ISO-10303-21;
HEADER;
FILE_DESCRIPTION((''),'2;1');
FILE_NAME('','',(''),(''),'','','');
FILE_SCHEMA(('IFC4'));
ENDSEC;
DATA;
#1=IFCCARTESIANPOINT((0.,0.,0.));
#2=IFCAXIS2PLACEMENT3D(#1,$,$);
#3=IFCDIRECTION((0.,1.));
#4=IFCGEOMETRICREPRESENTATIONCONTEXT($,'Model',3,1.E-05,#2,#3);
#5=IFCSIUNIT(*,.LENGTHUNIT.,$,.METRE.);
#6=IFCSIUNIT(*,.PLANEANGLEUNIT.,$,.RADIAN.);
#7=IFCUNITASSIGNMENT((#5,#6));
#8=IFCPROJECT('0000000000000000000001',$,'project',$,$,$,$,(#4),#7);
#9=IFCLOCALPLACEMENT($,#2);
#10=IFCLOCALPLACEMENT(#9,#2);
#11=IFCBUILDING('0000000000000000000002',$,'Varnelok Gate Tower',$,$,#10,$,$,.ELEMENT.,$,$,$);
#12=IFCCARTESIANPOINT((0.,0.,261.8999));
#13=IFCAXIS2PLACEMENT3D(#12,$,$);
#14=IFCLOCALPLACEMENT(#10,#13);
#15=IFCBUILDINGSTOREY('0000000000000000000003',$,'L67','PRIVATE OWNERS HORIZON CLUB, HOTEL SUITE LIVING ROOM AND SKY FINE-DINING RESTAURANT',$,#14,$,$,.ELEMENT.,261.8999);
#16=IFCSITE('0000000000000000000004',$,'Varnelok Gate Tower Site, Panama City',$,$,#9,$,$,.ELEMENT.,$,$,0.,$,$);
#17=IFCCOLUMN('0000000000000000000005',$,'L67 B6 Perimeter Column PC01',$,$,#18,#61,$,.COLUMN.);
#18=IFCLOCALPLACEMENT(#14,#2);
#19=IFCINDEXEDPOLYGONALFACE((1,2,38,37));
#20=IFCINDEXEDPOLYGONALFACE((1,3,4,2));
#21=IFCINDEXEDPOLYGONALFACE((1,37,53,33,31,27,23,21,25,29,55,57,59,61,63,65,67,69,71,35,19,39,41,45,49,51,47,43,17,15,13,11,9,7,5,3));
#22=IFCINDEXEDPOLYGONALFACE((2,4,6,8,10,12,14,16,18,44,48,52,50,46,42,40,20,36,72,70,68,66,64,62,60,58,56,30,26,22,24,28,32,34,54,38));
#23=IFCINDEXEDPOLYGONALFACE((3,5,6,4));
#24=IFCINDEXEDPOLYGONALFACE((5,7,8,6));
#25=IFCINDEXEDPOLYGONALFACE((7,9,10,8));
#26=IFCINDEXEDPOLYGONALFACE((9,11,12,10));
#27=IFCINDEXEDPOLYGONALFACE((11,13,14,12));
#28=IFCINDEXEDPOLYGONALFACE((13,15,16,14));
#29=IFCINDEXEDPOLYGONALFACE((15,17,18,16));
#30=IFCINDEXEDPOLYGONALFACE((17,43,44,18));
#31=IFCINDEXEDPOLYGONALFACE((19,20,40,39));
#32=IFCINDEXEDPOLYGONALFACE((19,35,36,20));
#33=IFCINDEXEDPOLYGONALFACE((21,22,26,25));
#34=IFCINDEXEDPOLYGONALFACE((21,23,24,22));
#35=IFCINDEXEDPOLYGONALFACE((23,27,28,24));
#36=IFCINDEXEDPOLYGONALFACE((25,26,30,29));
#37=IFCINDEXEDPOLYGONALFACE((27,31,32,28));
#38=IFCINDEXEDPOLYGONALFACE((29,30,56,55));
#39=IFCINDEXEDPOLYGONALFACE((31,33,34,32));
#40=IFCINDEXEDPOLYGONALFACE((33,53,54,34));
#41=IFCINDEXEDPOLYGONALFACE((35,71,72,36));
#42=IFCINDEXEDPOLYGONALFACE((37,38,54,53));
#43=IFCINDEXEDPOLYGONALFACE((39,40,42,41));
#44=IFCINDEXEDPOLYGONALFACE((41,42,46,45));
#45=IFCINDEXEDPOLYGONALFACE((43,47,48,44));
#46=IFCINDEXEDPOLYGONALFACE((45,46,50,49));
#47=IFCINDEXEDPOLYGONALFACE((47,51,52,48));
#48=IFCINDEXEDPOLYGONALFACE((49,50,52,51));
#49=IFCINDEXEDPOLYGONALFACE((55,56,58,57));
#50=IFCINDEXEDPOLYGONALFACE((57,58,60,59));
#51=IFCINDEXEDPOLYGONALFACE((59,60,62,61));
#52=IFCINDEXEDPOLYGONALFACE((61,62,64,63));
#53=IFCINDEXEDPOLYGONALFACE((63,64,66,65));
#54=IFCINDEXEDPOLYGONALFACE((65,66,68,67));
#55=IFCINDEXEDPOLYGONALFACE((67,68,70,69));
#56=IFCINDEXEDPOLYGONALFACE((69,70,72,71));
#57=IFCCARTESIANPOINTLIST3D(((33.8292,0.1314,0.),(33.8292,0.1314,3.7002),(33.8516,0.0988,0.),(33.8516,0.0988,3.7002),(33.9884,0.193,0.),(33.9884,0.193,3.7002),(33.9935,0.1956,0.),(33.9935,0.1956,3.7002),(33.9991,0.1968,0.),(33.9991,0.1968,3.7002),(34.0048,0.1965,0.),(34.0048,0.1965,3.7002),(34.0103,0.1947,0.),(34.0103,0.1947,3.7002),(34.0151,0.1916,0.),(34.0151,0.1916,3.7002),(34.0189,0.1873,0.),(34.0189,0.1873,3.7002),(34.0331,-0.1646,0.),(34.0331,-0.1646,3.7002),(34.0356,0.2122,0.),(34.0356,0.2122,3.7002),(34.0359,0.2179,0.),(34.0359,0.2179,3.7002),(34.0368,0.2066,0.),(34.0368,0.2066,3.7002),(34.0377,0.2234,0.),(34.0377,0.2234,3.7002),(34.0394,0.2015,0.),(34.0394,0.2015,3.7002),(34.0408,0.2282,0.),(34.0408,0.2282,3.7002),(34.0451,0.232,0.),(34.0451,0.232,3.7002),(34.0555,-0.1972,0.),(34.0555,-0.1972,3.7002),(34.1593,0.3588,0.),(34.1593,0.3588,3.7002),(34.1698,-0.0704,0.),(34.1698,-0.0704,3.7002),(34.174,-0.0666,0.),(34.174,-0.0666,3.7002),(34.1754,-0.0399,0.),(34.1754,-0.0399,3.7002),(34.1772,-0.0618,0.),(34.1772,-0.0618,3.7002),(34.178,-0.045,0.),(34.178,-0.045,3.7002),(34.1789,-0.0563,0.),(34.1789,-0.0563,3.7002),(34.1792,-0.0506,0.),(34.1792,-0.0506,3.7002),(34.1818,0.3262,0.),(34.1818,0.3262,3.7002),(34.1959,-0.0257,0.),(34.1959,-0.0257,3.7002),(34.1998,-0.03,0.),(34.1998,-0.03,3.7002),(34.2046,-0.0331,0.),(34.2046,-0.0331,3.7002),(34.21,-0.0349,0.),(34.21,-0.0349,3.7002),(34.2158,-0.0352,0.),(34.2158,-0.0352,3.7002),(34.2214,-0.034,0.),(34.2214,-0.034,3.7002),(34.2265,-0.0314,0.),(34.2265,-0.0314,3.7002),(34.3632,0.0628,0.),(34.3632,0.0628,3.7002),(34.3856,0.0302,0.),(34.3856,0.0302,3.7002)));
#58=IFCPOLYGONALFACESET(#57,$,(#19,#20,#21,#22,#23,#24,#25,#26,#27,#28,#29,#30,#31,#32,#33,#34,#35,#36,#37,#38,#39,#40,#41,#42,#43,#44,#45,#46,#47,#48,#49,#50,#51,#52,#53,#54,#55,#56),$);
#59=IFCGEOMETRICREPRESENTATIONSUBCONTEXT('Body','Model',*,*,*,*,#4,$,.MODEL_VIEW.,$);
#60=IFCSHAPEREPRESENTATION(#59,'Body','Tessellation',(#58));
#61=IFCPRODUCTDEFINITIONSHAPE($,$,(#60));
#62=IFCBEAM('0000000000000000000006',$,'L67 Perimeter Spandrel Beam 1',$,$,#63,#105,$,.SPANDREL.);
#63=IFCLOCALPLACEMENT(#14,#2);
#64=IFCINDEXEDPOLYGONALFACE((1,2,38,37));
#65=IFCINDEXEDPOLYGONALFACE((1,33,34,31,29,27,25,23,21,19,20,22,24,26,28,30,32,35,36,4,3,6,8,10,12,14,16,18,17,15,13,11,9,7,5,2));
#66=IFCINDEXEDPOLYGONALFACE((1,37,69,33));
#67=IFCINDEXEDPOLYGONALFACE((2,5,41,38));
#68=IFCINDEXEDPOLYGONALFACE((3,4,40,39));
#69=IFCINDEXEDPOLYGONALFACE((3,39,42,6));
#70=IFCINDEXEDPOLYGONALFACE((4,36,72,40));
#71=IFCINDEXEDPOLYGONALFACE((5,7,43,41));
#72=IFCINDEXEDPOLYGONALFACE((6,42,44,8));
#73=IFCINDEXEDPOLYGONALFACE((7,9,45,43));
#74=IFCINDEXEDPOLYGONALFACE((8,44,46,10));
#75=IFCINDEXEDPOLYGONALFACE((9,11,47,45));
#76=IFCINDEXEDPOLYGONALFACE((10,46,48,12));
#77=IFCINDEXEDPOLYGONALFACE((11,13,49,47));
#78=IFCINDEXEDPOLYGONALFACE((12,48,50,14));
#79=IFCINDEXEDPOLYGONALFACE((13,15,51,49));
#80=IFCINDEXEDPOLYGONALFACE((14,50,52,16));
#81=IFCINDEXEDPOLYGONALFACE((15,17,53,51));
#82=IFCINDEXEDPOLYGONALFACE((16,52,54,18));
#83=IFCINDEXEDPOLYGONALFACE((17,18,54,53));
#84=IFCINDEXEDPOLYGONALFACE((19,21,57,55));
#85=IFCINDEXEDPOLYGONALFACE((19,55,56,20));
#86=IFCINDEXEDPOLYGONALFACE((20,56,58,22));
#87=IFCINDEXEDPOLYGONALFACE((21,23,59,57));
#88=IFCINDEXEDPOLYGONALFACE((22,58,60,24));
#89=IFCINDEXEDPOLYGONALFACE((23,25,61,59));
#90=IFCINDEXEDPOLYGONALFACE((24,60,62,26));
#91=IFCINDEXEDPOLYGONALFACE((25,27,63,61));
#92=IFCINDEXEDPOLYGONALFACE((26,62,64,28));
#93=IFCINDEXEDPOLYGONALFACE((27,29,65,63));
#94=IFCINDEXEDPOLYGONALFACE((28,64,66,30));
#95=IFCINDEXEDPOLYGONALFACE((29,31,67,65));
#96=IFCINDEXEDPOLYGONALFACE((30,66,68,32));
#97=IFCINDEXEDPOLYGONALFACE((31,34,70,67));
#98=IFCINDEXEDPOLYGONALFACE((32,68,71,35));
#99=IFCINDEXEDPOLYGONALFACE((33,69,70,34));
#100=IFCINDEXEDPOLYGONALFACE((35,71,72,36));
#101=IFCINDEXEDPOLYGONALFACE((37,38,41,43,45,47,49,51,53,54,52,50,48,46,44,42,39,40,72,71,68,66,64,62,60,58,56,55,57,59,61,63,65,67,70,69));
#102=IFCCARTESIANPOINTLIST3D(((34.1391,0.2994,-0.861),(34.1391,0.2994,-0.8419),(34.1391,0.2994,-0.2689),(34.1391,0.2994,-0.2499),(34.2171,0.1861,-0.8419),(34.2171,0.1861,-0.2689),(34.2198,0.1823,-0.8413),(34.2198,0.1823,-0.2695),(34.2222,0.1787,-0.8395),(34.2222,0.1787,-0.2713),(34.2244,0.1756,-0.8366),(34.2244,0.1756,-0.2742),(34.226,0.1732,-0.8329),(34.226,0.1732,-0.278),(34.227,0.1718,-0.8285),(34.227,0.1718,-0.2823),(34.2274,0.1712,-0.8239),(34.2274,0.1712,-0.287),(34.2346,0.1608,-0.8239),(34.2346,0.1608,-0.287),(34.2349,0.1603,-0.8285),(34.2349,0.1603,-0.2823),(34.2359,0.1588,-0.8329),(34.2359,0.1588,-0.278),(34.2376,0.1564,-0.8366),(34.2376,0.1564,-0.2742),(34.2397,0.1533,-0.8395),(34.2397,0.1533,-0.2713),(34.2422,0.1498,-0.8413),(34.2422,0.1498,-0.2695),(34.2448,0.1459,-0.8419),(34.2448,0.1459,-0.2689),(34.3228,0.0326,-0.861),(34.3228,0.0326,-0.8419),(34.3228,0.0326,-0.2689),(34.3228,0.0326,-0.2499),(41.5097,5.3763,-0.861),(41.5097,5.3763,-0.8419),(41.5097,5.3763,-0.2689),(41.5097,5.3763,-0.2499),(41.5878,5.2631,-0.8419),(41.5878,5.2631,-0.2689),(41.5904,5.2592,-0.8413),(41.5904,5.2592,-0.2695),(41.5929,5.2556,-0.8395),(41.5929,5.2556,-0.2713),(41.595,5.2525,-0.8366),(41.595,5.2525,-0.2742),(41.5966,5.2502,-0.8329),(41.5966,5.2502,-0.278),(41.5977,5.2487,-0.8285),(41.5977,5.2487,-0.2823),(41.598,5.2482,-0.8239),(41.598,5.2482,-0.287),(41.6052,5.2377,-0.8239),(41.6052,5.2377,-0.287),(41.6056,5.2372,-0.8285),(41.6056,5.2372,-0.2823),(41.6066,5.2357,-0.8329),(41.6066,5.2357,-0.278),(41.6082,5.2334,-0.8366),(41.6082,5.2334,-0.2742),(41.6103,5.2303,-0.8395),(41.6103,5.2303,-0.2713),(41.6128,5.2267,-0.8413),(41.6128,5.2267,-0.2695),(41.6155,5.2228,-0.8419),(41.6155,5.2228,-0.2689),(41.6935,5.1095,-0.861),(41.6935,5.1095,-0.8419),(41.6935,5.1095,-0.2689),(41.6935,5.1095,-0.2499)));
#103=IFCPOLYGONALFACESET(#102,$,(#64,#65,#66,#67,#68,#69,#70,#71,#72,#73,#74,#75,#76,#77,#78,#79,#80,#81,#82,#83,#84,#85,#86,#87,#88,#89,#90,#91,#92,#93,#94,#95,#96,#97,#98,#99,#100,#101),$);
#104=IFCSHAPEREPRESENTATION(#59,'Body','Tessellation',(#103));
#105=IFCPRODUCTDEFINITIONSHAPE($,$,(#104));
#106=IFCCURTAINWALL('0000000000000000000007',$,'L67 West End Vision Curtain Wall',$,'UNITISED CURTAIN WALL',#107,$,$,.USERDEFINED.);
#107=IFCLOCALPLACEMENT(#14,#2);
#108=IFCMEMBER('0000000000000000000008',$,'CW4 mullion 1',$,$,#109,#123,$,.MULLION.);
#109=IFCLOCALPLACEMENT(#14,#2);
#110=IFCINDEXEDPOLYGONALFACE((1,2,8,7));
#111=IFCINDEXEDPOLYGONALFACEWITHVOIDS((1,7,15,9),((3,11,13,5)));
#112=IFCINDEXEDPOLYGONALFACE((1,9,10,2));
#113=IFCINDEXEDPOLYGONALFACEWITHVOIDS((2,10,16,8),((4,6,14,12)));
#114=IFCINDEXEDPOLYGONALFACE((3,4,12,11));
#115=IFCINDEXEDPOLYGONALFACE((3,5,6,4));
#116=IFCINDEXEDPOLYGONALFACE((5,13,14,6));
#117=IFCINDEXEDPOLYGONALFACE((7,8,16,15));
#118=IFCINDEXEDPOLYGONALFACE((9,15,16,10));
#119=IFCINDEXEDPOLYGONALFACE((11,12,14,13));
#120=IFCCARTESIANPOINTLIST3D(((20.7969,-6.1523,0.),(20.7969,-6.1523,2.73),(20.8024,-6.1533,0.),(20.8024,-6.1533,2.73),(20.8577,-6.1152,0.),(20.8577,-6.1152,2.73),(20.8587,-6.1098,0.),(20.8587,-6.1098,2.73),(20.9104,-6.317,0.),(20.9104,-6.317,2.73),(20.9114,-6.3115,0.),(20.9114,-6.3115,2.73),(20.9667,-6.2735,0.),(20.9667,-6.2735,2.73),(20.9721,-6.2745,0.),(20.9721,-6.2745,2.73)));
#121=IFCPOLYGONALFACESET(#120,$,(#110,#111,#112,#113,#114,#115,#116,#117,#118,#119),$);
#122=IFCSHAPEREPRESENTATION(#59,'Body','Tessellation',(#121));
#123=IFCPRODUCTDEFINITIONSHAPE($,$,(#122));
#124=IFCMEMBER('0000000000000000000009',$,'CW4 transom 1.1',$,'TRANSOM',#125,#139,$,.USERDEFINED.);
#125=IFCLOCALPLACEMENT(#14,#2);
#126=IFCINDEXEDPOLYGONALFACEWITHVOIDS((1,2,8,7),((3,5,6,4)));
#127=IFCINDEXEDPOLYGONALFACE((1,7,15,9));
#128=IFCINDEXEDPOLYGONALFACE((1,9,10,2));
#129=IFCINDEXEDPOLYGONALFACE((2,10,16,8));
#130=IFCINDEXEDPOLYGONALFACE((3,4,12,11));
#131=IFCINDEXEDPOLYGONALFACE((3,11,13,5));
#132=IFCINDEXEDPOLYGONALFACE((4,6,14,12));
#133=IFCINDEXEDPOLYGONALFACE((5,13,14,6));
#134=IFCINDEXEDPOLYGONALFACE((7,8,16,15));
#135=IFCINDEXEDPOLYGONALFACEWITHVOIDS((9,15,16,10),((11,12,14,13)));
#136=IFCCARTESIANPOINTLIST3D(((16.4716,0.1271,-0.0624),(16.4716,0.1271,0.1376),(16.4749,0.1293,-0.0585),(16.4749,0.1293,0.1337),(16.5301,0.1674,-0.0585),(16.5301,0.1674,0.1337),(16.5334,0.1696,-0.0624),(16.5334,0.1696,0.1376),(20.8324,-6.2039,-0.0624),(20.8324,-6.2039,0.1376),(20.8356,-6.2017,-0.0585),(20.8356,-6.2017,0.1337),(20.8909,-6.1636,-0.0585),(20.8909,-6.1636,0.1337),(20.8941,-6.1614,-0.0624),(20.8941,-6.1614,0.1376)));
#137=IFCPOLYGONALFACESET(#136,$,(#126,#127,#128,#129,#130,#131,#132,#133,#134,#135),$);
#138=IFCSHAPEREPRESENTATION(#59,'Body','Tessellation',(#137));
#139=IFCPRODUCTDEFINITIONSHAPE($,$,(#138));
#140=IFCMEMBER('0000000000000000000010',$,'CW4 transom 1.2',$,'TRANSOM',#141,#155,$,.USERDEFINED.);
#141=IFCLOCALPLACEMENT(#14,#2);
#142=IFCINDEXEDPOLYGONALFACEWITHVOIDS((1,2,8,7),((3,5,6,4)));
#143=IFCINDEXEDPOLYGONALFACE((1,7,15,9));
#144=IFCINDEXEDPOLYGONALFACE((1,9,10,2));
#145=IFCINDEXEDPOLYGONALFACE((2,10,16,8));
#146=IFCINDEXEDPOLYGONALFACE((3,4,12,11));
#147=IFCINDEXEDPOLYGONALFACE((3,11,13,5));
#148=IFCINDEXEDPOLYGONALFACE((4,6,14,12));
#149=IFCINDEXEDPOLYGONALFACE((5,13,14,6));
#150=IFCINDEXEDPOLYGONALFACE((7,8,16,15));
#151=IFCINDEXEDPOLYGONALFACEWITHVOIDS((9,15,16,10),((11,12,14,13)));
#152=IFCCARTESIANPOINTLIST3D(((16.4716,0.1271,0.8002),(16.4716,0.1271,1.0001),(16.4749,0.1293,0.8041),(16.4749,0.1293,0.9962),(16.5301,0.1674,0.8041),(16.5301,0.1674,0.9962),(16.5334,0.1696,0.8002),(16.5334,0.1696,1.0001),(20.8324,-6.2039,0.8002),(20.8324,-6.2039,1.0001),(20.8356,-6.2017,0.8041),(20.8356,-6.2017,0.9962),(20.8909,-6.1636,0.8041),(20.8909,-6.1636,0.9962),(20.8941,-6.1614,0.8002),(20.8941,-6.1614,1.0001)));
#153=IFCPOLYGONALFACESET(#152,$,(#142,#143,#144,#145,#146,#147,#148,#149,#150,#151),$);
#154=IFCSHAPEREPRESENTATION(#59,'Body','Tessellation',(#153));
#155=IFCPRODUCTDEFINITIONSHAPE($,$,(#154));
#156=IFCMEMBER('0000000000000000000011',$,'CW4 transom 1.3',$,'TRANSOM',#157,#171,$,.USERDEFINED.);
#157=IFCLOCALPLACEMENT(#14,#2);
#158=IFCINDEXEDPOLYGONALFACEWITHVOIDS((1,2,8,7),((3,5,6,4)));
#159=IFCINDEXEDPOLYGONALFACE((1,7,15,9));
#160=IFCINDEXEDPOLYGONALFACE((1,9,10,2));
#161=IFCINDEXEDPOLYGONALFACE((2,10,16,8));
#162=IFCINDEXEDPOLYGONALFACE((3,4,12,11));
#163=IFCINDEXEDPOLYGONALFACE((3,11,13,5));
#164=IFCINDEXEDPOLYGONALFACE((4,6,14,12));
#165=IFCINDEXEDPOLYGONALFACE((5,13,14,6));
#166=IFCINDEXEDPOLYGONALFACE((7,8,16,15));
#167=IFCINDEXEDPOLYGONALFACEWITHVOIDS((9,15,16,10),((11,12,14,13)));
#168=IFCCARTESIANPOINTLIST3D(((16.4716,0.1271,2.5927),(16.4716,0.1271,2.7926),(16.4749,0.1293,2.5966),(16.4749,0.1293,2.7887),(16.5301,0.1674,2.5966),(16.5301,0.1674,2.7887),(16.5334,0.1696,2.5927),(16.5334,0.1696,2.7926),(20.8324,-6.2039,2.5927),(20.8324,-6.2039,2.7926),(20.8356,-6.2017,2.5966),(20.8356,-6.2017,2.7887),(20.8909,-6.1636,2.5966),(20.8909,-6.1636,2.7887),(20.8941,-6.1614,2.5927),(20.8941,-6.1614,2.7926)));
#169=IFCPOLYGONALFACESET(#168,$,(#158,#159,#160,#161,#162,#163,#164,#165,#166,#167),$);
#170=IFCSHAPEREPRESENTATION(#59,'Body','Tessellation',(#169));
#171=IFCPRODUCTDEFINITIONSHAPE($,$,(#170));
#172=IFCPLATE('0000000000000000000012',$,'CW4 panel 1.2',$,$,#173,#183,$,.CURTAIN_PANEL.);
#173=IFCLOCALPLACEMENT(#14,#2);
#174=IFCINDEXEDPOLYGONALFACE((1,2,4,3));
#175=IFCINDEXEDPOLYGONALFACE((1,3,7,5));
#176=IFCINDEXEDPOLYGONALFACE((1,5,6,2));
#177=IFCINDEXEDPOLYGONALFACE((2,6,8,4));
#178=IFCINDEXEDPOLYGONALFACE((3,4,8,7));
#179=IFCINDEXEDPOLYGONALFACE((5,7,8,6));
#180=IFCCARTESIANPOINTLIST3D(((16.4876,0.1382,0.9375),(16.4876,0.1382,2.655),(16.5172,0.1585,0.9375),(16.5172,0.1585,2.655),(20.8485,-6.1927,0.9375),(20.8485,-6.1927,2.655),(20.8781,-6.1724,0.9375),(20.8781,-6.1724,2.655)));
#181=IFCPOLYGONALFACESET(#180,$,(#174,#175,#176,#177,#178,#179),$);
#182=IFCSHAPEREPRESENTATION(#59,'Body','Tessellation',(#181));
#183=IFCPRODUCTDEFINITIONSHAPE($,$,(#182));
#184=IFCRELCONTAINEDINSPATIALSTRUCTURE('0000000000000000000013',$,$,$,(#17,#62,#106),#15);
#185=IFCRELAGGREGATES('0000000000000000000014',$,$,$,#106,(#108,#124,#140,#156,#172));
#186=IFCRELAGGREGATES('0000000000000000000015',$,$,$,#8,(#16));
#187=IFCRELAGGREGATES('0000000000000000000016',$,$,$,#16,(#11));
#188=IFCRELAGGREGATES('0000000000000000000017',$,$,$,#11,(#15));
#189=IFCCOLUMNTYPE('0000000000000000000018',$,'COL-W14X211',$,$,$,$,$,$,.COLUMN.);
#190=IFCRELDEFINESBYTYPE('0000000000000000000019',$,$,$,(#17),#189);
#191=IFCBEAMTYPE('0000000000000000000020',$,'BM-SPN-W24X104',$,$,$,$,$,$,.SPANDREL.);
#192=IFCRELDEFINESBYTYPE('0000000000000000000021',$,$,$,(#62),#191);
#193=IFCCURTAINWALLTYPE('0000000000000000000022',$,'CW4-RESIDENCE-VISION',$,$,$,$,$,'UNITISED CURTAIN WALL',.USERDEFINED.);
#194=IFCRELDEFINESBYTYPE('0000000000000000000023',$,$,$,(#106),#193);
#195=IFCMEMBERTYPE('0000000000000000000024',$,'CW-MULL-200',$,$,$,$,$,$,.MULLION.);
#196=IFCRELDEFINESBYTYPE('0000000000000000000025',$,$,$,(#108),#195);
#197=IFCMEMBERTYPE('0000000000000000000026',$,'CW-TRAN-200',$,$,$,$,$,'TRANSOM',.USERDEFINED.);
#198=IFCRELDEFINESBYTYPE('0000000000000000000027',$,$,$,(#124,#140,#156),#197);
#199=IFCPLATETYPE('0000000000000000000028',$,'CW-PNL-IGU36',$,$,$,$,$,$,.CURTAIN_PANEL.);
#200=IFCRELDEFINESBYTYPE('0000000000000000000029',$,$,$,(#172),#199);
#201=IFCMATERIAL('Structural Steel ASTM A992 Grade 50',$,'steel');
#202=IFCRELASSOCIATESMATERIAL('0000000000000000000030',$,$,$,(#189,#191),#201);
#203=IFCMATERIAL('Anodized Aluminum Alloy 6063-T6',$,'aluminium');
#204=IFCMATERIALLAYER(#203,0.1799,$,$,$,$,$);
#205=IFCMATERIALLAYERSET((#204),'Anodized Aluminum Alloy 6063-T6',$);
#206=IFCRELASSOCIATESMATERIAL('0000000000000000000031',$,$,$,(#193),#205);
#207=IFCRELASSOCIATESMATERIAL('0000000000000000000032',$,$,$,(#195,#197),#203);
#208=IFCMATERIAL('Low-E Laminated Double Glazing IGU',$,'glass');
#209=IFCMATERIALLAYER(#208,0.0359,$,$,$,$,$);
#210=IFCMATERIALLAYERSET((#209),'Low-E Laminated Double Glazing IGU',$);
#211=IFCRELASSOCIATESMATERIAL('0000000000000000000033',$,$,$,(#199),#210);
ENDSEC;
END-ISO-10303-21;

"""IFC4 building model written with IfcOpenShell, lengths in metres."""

from ifc_helpers import new_model, si_unit, direction, frame, origin, origin_2d, place, context, subcontext, project, spatial, rectangle, hollow_rectangle, i_section, extrude, source, transform, mapped, material, layer, layer_set, material_profile, profile_set, type_object, element, aggregate, save


model = new_model("IFC4")

# Units and contexts
model_context = context("Model", 3, precision=1e-05, world=origin(), true_north=direction((0.0, 1.0)))
body_context = subcontext(model_context, "Body", "Model", "MODEL_VIEW")
ifc_project = project(units=[si_unit("LENGTHUNIT", "METRE"), si_unit("PLANEANGLEUNIT", "RADIAN")], contexts=[model_context])

# Site, building, storey
site_placement = place(None, origin())
site = spatial("IfcSite", under=ifc_project, at=site_placement, Name="Varnelok Gate Tower Site, Panama City", CompositionType="ELEMENT", RefElevation=0.0)
building_placement = place(site_placement, origin())
building = spatial("IfcBuilding", under=site, at=building_placement, Name="Varnelok Gate Tower", CompositionType="ELEMENT")
storey_placement = place(building_placement, frame((0.0, 0.0, 261.8999)))
storey = spatial("IfcBuildingStorey", under=building, at=storey_placement, Name="L67", Description="PRIVATE OWNERS HORIZON CLUB, HOTEL SUITE LIVING ROOM AND SKY FINE-DINING RESTAURANT", CompositionType="ELEMENT", Elevation=261.8999)

# Column
ifc_material_1 = material(Name="Structural Steel ASTM A992 Grade 50", Category="steel")
ifc_material_profile_1 = material_profile(ifc_material_1, i_section(OverallWidth=0.4009, OverallDepth=0.3989, WebThickness=0.0249, FlangeThickness=0.0396, FilletRadius=0.022, at=origin_2d()), Name="W14X211")
ifc_profile_set_1 = profile_set([ifc_material_profile_1], Name="Structural Steel ASTM A992 Grade 50")
column_type = type_object("IfcColumnType", Name="COL-W14X211", PredefinedType="COLUMN", material=ifc_profile_set_1)
column_placement = place(storey_placement, frame((34.1074, 0.0808, 0.0), z_axis=(0.0, 0.0, 1.0), x_axis=(0.823533, 0.567269, 0.0)))
element("IfcColumn", 1, at=column_placement, inside=storey, type_object=column_type, Name="L67 B6 Perimeter Column PC01", PredefinedType="COLUMN", context=body_context, shape_type="SweptSolid", body=[
    extrude(i_section(OverallWidth=0.4009, OverallDepth=0.3989, WebThickness=0.0249, FlangeThickness=0.0396, FilletRadius=0.022, at=origin_2d()), origin(), (0.0, 0.0, 1.0), 3.7002),
])

# Beam
ifc_material_profile_2 = material_profile(ifc_material_1, i_section(OverallWidth=0.324, OverallDepth=0.6111, WebThickness=0.0127, FlangeThickness=0.019, FilletRadius=0.0181, at=origin_2d()), Name="W24X104")
ifc_profile_set_2 = profile_set([ifc_material_profile_2], Name="Structural Steel ASTM A992 Grade 50")
beam_type = type_object("IfcBeamType", Name="BM-SPN-W24X104", PredefinedType="SPANDREL", material=ifc_profile_set_2)
beam_placement = place(storey_placement, frame((34.231, 0.166, -0.5554), z_axis=(0.82354, 0.567258, 0.0), x_axis=(-0.567258, 0.82354, 0.0)))
element("IfcBeam", 2, at=beam_placement, inside=storey, type_object=beam_type, Name="L67 Perimeter Spandrel Beam 1", PredefinedType="SPANDREL", context=body_context, shape_type="SweptSolid", body=[
    extrude(i_section(OverallWidth=0.324, OverallDepth=0.6111, WebThickness=0.0127, FlangeThickness=0.019, FilletRadius=0.0181, at=origin_2d()), origin(), (0.0, 0.0, 1.0), 8.95),
])

# Curtain wall, members, plate
ifc_material_2 = material(Name="Anodized Aluminum Alloy 6063-T6", Category="aluminium")
ifc_layer_1 = layer(ifc_material_2, 0.1799)
ifc_layer_set_1 = layer_set([ifc_layer_1], Name="Anodized Aluminum Alloy 6063-T6")
curtain_wall_type = type_object("IfcCurtainWallType", Name="CW4-RESIDENCE-VISION", ElementType="UNITISED CURTAIN WALL", PredefinedType="USERDEFINED", material=ifc_layer_set_1)
curtain_wall_placement = place(storey_placement, origin())
curtain_wall = element("IfcCurtainWall", 3, at=curtain_wall_placement, inside=storey, type_object=curtain_wall_type, Name="L67 West End Vision Curtain Wall", ObjectType="UNITISED CURTAIN WALL", PredefinedType="USERDEFINED")
ifc_material_profile_3 = material_profile(ifc_material_2, hollow_rectangle(XDim=0.075, YDim=0.2, WallThickness=0.0039, at=origin_2d()), Name="ALU200X75X4")
ifc_profile_set_3 = profile_set([ifc_material_profile_3], Name="Anodized Aluminum Alloy 6063-T6")
member_type_1 = type_object("IfcMemberType", Name="CW-MULL-200", PredefinedType="MULLION", material=ifc_profile_set_3)
member_1_placement = place(storey_placement, frame((20.8845, -6.2134, 0.0), z_axis=(0.0, 0.0, 1.0), x_axis=(-0.823532, -0.567269, 0.0)))
member_1 = element("IfcMember", 4, at=member_1_placement, type_object=member_type_1, Name="CW4 mullion 1", PredefinedType="MULLION", context=body_context, shape_type="SweptSolid", body=[
    extrude(hollow_rectangle(XDim=0.075, YDim=0.2, WallThickness=0.0039, at=origin_2d()), origin(), (0.0, 0.0, 1.0), 2.73),
])
ifc_material_profile_4 = material_profile(ifc_material_2, hollow_rectangle(XDim=0.075, YDim=0.2, WallThickness=0.0039, at=origin_2d()), Name="ALU200X75X4")
ifc_profile_set_4 = profile_set([ifc_material_profile_4], Name="Anodized Aluminum Alloy 6063-T6")
member_type_2 = type_object("IfcMemberType", Name="CW-TRAN-200", ElementType="TRANSOM", PredefinedType="USERDEFINED", material=ifc_profile_set_4)
member_2_placement = place(storey_placement, frame((20.8633, -6.1826, 0.0376), z_axis=(-0.567256, 0.823541, 0.0), x_axis=(-0.823541, -0.567256, 0.0)))
member_2 = element("IfcMember", 5, at=member_2_placement, type_object=member_type_2, Name="CW4 transom 1.1", ObjectType="TRANSOM", PredefinedType="USERDEFINED", context=body_context, shape_type="SweptSolid", body=[
    extrude(hollow_rectangle(XDim=0.075, YDim=0.2, WallThickness=0.0039, at=origin_2d()), origin(), (0.0, 0.0, 1.0), 7.6875),
])
member_3_placement = place(storey_placement, frame((20.8633, -6.1826, 0.9001), z_axis=(-0.567256, 0.823541, 0.0), x_axis=(-0.823541, -0.567256, 0.0)))
member_3 = element("IfcMember", 6, at=member_3_placement, type_object=member_type_2, Name="CW4 transom 1.2", ObjectType="TRANSOM", PredefinedType="USERDEFINED", context=body_context, shape_type="SweptSolid", body=[
    extrude(hollow_rectangle(XDim=0.075, YDim=0.2, WallThickness=0.0039, at=origin_2d()), origin(), (0.0, 0.0, 1.0), 7.6875),
])
member_4_placement = place(storey_placement, frame((20.8633, -6.1826, 2.6926), z_axis=(-0.567256, 0.823541, 0.0), x_axis=(-0.823541, -0.567256, 0.0)))
member_4 = element("IfcMember", 7, at=member_4_placement, type_object=member_type_2, Name="CW4 transom 1.3", ObjectType="TRANSOM", PredefinedType="USERDEFINED", context=body_context, shape_type="SweptSolid", body=[
    extrude(hollow_rectangle(XDim=0.075, YDim=0.2, WallThickness=0.0039, at=origin_2d()), origin(), (0.0, 0.0, 1.0), 7.6875),
])
ifc_material_3 = material(Name="Low-E Laminated Double Glazing IGU", Category="glass")
ifc_layer_2 = layer(ifc_material_3, 0.0359)
ifc_layer_set_2 = layer_set([ifc_layer_2], Name="Low-E Laminated Double Glazing IGU")
plate_type = type_object("IfcPlateType", Name="CW-PNL-IGU36", PredefinedType="CURTAIN_PANEL", material=ifc_layer_set_2)
shared_shape_1 = source(origin(), body_context, "Body", "SweptSolid", [
    extrude(rectangle(XDim=7.6875, YDim=0.0359, at=origin_2d()), origin(), (0.0, 0.0, 1.0), 1.7175),
])
plate_placement = place(storey_placement, frame((18.6829, -3.0171, 0.9375), z_axis=(0.0, 0.0, 1.0), x_axis=(-0.567269, 0.823532, 0.0)))
plate = element("IfcPlate", 8, at=plate_placement, type_object=plate_type, Name="CW4 panel 1.2", PredefinedType="CURTAIN_PANEL", context=body_context, shape_type="MappedRepresentation", body=[
    mapped(shared_shape_1, transform((0.0, 0.0, 0.0), scale=1.0)),
])
aggregate(curtain_wall, [member_1, member_2, member_3, member_4, plate])

save(model, "model.ifc")
